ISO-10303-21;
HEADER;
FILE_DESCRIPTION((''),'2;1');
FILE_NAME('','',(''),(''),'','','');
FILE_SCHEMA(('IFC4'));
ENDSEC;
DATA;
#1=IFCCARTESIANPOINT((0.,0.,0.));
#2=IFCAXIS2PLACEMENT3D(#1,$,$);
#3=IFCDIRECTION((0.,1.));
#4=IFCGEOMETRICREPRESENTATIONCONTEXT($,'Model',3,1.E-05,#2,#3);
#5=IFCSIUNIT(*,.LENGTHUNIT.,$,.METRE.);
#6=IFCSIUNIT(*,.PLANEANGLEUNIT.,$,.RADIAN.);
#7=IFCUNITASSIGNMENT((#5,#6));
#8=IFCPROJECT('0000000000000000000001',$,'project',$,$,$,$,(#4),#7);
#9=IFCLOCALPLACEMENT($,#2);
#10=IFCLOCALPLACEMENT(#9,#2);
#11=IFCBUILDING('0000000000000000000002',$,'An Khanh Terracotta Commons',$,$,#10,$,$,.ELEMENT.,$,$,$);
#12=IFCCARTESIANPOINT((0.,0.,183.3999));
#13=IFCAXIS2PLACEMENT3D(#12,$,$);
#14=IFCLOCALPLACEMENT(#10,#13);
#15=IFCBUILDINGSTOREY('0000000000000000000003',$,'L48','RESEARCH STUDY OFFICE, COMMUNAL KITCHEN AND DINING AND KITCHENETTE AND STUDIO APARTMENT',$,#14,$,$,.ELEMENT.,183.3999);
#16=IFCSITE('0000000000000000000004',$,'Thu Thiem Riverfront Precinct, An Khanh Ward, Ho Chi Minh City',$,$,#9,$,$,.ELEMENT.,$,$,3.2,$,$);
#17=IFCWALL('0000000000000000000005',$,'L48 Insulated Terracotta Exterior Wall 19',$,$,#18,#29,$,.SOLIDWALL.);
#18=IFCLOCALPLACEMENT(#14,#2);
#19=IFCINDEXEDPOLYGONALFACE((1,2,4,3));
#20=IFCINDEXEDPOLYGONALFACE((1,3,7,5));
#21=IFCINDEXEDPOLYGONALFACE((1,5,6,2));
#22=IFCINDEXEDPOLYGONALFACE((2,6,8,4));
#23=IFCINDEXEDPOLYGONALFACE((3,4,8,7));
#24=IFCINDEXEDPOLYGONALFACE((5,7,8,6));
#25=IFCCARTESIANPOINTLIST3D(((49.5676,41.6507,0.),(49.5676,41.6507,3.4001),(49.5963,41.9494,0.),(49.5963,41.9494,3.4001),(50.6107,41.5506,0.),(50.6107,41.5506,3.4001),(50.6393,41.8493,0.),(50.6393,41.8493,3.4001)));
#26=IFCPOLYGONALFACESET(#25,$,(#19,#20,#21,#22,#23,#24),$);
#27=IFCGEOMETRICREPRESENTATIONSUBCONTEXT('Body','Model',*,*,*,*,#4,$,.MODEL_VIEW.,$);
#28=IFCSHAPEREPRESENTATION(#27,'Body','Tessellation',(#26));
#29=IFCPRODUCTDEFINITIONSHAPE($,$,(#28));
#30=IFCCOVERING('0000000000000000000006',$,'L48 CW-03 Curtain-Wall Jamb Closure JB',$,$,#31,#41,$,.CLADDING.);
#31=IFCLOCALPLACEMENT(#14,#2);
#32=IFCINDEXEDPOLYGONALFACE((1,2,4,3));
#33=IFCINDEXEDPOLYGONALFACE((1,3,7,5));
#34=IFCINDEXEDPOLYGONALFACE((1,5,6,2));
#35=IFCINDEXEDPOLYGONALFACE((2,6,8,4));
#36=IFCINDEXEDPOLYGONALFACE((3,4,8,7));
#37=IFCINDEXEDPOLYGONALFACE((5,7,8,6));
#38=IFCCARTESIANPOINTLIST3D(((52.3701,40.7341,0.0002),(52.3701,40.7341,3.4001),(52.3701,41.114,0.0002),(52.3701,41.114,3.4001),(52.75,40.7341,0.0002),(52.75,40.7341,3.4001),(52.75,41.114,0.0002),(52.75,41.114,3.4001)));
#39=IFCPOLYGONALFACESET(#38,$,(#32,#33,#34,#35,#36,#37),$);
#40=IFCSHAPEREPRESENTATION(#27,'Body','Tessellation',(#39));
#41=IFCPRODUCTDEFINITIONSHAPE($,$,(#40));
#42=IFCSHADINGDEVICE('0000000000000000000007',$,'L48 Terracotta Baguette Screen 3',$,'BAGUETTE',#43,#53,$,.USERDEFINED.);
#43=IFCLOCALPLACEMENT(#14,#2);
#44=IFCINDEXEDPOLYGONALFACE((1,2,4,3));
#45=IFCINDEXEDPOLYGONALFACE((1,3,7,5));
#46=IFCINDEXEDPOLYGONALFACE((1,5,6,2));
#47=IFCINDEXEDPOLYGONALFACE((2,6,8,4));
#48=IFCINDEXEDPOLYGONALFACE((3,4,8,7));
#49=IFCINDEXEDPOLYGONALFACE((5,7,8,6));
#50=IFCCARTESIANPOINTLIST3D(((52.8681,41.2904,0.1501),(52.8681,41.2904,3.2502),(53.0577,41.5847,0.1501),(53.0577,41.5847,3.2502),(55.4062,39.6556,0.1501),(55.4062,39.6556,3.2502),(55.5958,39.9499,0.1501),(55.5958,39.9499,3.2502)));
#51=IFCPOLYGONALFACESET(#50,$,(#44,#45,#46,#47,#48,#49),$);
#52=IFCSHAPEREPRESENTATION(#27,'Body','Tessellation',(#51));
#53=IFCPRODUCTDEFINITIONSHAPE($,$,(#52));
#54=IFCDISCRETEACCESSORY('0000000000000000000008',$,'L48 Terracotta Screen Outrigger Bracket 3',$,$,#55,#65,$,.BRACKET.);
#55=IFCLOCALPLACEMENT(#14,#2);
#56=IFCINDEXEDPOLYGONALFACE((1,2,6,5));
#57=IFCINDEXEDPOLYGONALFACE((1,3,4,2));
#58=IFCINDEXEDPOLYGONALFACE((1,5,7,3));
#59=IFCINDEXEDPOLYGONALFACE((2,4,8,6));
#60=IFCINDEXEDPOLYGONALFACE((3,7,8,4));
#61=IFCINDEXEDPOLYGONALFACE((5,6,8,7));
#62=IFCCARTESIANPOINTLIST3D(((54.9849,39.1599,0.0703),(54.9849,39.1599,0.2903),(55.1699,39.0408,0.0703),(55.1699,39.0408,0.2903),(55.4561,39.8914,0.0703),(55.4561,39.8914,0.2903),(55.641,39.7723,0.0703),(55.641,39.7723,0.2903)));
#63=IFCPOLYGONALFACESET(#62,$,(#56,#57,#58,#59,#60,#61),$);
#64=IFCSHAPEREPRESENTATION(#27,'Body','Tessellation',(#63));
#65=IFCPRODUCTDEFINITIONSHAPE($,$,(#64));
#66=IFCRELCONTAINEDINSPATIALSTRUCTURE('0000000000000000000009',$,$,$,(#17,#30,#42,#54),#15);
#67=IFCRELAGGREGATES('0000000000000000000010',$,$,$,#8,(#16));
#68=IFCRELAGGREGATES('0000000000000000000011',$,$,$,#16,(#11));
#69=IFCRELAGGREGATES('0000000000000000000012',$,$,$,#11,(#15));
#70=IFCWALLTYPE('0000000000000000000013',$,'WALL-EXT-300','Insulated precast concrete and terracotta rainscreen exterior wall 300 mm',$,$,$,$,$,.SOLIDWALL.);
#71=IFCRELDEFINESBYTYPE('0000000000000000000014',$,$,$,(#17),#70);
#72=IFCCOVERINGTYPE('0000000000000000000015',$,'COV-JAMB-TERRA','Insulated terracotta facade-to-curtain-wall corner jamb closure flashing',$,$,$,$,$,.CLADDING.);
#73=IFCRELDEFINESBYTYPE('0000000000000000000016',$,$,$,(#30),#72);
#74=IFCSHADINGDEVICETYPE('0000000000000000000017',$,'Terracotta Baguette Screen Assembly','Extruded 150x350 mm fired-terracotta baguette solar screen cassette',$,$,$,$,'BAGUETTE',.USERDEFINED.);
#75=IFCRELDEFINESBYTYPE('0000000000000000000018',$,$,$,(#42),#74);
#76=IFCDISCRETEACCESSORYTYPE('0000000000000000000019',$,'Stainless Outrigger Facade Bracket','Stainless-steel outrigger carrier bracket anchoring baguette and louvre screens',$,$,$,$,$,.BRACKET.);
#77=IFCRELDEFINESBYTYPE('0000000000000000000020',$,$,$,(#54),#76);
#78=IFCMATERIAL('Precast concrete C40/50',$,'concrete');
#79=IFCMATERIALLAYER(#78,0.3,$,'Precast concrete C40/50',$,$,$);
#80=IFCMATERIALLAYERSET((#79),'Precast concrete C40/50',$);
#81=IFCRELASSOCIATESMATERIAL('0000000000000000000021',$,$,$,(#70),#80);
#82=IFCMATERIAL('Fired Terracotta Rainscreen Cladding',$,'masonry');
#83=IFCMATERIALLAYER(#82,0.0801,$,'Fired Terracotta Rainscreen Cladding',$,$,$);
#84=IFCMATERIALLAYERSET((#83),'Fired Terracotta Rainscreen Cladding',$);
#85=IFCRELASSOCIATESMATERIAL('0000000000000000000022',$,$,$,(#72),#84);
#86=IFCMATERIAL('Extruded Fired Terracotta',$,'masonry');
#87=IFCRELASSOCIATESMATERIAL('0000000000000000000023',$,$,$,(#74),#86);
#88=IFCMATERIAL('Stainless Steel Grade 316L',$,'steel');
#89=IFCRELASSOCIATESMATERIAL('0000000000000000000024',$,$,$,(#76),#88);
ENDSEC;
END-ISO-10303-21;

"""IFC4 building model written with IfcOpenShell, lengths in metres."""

from ifc_helpers import new_model, si_unit, direction, frame, frame_2d, origin, origin_2d, place, context, subcontext, project, spatial, rectangle, extrude, material, layer, layer_set, type_object, element, save


model = new_model("IFC4")

# Units and contexts
model_context = context("Model", 3, precision=1e-05, world=origin(), true_north=direction((0.0, 1.0)))
body_context = subcontext(model_context, "Body", "Model", "MODEL_VIEW")
ifc_project = project(units=[si_unit("LENGTHUNIT", "METRE"), si_unit("PLANEANGLEUNIT", "RADIAN")], contexts=[model_context])

# Site, building, storey
site_placement = place(None, origin())
site = spatial("IfcSite", under=ifc_project, at=site_placement, Name="Thu Thiem Riverfront Precinct, An Khanh Ward, Ho Chi Minh City", CompositionType="ELEMENT", RefElevation=3.2)
building_placement = place(site_placement, origin())
building = spatial("IfcBuilding", under=site, at=building_placement, Name="An Khanh Terracotta Commons", CompositionType="ELEMENT")
storey_placement = place(building_placement, frame((0.0, 0.0, 183.3999)))
storey = spatial("IfcBuildingStorey", under=building, at=storey_placement, Name="L48", Description="RESEARCH STUDY OFFICE, COMMUNAL KITCHEN AND DINING AND KITCHENETTE AND STUDIO APARTMENT", CompositionType="ELEMENT", Elevation=183.3999)

# Wall
ifc_material_1 = material(Name="Precast concrete C40/50", Category="concrete")
ifc_layer_1 = layer(ifc_material_1, 0.3, Name="Precast concrete C40/50")
ifc_layer_set_1 = layer_set([ifc_layer_1], Name="Precast concrete C40/50")
wall_type_1 = type_object("IfcWallType", Name="WALL-EXT-300", Description="Insulated precast concrete and terracotta rainscreen exterior wall 300 mm", PredefinedType="SOLIDWALL", material=ifc_layer_set_1)
wall_1_placement = place(storey_placement, frame((50.625, 41.7, 0.0), z_axis=(0.0, 0.0, 1.0), x_axis=(-0.995426, 0.095535, 0.0)))
element("IfcWall", 1, at=wall_1_placement, inside=storey, type_object=wall_type_1, Name="L48 Insulated Terracotta Exterior Wall 19", PredefinedType="SOLIDWALL", context=body_context, shape_type="SweptSolid", body=[
    extrude(rectangle(XDim=1.0479, YDim=0.3, at=frame_2d((0.5239, 0.0))), origin(), (0.0, 0.0, 1.0), 3.4001),
])

# Covering
ifc_material_2 = material(Name="Fired Terracotta Rainscreen Cladding", Category="masonry")
ifc_layer_2 = layer(ifc_material_2, 0.0801, Name="Fired Terracotta Rainscreen Cladding")
ifc_layer_set_2 = layer_set([ifc_layer_2], Name="Fired Terracotta Rainscreen Cladding")
covering_type = type_object("IfcCoveringType", Name="COV-JAMB-TERRA", Description="Insulated terracotta facade-to-curtain-wall corner jamb closure flashing", PredefinedType="CLADDING", material=ifc_layer_set_2)
covering_placement = place(storey_placement, frame((52.5601, 40.9241, 0.0002), z_axis=(0.0, 0.0, 1.0), x_axis=(1.0, 0.0, 0.0)))
element("IfcCovering", 2, at=covering_placement, inside=storey, type_object=covering_type, Name="L48 CW-03 Curtain-Wall Jamb Closure JB", PredefinedType="CLADDING", context=body_context, shape_type="SweptSolid", body=[
    extrude(rectangle(XDim=0.3799, YDim=0.3799, at=origin_2d()), origin(), (0.0, 0.0, 1.0), 3.3999),
])

# Shading device
ifc_material_3 = material(Name="Extruded Fired Terracotta", Category="masonry")
shading_device_type = type_object("IfcShadingDeviceType", Name="Terracotta Baguette Screen Assembly", Description="Extruded 150x350 mm fired-terracotta baguette solar screen cassette", ElementType="BAGUETTE", PredefinedType="USERDEFINED", material=ifc_material_3)
shading_device_placement = place(storey_placement, frame((54.2319, 40.6201, 0.1501), z_axis=(0.0, 0.0, 1.0), x_axis=(-0.840702, 0.541498, 0.0)))
element("IfcShadingDevice", 3, at=shading_device_placement, inside=storey, type_object=shading_device_type, Name="L48 Terracotta Baguette Screen 3", ObjectType="BAGUETTE", PredefinedType="USERDEFINED", context=body_context, shape_type="SweptSolid", body=[
    extrude(rectangle(XDim=3.019, YDim=0.3501, at=origin_2d()), origin(), (0.0, 0.0, 1.0), 3.1001),
])

# Discrete accessory
ifc_material_4 = material(Name="Stainless Steel Grade 316L", Category="steel")
discrete_accessory_type = type_object("IfcDiscreteAccessoryType", Name="Stainless Outrigger Facade Bracket", Description="Stainless-steel outrigger carrier bracket anchoring baguette and louvre screens", PredefinedType="BRACKET", material=ifc_material_4)
discrete_accessory_placement = place(storey_placement, frame((55.313, 39.4661, 0.0703), z_axis=(0.0, 0.0, 1.0), x_axis=(-0.840702, 0.541498, 0.0)))
element("IfcDiscreteAccessory", 4, at=discrete_accessory_placement, inside=storey, type_object=discrete_accessory_type, Name="L48 Terracotta Screen Outrigger Bracket 3", PredefinedType="BRACKET", context=body_context, shape_type="SweptSolid", body=[
    extrude(rectangle(XDim=0.22, YDim=0.8701, at=origin_2d()), origin(), (0.0, 0.0, 1.0), 0.22),
])

save(model, "model.ifc")
